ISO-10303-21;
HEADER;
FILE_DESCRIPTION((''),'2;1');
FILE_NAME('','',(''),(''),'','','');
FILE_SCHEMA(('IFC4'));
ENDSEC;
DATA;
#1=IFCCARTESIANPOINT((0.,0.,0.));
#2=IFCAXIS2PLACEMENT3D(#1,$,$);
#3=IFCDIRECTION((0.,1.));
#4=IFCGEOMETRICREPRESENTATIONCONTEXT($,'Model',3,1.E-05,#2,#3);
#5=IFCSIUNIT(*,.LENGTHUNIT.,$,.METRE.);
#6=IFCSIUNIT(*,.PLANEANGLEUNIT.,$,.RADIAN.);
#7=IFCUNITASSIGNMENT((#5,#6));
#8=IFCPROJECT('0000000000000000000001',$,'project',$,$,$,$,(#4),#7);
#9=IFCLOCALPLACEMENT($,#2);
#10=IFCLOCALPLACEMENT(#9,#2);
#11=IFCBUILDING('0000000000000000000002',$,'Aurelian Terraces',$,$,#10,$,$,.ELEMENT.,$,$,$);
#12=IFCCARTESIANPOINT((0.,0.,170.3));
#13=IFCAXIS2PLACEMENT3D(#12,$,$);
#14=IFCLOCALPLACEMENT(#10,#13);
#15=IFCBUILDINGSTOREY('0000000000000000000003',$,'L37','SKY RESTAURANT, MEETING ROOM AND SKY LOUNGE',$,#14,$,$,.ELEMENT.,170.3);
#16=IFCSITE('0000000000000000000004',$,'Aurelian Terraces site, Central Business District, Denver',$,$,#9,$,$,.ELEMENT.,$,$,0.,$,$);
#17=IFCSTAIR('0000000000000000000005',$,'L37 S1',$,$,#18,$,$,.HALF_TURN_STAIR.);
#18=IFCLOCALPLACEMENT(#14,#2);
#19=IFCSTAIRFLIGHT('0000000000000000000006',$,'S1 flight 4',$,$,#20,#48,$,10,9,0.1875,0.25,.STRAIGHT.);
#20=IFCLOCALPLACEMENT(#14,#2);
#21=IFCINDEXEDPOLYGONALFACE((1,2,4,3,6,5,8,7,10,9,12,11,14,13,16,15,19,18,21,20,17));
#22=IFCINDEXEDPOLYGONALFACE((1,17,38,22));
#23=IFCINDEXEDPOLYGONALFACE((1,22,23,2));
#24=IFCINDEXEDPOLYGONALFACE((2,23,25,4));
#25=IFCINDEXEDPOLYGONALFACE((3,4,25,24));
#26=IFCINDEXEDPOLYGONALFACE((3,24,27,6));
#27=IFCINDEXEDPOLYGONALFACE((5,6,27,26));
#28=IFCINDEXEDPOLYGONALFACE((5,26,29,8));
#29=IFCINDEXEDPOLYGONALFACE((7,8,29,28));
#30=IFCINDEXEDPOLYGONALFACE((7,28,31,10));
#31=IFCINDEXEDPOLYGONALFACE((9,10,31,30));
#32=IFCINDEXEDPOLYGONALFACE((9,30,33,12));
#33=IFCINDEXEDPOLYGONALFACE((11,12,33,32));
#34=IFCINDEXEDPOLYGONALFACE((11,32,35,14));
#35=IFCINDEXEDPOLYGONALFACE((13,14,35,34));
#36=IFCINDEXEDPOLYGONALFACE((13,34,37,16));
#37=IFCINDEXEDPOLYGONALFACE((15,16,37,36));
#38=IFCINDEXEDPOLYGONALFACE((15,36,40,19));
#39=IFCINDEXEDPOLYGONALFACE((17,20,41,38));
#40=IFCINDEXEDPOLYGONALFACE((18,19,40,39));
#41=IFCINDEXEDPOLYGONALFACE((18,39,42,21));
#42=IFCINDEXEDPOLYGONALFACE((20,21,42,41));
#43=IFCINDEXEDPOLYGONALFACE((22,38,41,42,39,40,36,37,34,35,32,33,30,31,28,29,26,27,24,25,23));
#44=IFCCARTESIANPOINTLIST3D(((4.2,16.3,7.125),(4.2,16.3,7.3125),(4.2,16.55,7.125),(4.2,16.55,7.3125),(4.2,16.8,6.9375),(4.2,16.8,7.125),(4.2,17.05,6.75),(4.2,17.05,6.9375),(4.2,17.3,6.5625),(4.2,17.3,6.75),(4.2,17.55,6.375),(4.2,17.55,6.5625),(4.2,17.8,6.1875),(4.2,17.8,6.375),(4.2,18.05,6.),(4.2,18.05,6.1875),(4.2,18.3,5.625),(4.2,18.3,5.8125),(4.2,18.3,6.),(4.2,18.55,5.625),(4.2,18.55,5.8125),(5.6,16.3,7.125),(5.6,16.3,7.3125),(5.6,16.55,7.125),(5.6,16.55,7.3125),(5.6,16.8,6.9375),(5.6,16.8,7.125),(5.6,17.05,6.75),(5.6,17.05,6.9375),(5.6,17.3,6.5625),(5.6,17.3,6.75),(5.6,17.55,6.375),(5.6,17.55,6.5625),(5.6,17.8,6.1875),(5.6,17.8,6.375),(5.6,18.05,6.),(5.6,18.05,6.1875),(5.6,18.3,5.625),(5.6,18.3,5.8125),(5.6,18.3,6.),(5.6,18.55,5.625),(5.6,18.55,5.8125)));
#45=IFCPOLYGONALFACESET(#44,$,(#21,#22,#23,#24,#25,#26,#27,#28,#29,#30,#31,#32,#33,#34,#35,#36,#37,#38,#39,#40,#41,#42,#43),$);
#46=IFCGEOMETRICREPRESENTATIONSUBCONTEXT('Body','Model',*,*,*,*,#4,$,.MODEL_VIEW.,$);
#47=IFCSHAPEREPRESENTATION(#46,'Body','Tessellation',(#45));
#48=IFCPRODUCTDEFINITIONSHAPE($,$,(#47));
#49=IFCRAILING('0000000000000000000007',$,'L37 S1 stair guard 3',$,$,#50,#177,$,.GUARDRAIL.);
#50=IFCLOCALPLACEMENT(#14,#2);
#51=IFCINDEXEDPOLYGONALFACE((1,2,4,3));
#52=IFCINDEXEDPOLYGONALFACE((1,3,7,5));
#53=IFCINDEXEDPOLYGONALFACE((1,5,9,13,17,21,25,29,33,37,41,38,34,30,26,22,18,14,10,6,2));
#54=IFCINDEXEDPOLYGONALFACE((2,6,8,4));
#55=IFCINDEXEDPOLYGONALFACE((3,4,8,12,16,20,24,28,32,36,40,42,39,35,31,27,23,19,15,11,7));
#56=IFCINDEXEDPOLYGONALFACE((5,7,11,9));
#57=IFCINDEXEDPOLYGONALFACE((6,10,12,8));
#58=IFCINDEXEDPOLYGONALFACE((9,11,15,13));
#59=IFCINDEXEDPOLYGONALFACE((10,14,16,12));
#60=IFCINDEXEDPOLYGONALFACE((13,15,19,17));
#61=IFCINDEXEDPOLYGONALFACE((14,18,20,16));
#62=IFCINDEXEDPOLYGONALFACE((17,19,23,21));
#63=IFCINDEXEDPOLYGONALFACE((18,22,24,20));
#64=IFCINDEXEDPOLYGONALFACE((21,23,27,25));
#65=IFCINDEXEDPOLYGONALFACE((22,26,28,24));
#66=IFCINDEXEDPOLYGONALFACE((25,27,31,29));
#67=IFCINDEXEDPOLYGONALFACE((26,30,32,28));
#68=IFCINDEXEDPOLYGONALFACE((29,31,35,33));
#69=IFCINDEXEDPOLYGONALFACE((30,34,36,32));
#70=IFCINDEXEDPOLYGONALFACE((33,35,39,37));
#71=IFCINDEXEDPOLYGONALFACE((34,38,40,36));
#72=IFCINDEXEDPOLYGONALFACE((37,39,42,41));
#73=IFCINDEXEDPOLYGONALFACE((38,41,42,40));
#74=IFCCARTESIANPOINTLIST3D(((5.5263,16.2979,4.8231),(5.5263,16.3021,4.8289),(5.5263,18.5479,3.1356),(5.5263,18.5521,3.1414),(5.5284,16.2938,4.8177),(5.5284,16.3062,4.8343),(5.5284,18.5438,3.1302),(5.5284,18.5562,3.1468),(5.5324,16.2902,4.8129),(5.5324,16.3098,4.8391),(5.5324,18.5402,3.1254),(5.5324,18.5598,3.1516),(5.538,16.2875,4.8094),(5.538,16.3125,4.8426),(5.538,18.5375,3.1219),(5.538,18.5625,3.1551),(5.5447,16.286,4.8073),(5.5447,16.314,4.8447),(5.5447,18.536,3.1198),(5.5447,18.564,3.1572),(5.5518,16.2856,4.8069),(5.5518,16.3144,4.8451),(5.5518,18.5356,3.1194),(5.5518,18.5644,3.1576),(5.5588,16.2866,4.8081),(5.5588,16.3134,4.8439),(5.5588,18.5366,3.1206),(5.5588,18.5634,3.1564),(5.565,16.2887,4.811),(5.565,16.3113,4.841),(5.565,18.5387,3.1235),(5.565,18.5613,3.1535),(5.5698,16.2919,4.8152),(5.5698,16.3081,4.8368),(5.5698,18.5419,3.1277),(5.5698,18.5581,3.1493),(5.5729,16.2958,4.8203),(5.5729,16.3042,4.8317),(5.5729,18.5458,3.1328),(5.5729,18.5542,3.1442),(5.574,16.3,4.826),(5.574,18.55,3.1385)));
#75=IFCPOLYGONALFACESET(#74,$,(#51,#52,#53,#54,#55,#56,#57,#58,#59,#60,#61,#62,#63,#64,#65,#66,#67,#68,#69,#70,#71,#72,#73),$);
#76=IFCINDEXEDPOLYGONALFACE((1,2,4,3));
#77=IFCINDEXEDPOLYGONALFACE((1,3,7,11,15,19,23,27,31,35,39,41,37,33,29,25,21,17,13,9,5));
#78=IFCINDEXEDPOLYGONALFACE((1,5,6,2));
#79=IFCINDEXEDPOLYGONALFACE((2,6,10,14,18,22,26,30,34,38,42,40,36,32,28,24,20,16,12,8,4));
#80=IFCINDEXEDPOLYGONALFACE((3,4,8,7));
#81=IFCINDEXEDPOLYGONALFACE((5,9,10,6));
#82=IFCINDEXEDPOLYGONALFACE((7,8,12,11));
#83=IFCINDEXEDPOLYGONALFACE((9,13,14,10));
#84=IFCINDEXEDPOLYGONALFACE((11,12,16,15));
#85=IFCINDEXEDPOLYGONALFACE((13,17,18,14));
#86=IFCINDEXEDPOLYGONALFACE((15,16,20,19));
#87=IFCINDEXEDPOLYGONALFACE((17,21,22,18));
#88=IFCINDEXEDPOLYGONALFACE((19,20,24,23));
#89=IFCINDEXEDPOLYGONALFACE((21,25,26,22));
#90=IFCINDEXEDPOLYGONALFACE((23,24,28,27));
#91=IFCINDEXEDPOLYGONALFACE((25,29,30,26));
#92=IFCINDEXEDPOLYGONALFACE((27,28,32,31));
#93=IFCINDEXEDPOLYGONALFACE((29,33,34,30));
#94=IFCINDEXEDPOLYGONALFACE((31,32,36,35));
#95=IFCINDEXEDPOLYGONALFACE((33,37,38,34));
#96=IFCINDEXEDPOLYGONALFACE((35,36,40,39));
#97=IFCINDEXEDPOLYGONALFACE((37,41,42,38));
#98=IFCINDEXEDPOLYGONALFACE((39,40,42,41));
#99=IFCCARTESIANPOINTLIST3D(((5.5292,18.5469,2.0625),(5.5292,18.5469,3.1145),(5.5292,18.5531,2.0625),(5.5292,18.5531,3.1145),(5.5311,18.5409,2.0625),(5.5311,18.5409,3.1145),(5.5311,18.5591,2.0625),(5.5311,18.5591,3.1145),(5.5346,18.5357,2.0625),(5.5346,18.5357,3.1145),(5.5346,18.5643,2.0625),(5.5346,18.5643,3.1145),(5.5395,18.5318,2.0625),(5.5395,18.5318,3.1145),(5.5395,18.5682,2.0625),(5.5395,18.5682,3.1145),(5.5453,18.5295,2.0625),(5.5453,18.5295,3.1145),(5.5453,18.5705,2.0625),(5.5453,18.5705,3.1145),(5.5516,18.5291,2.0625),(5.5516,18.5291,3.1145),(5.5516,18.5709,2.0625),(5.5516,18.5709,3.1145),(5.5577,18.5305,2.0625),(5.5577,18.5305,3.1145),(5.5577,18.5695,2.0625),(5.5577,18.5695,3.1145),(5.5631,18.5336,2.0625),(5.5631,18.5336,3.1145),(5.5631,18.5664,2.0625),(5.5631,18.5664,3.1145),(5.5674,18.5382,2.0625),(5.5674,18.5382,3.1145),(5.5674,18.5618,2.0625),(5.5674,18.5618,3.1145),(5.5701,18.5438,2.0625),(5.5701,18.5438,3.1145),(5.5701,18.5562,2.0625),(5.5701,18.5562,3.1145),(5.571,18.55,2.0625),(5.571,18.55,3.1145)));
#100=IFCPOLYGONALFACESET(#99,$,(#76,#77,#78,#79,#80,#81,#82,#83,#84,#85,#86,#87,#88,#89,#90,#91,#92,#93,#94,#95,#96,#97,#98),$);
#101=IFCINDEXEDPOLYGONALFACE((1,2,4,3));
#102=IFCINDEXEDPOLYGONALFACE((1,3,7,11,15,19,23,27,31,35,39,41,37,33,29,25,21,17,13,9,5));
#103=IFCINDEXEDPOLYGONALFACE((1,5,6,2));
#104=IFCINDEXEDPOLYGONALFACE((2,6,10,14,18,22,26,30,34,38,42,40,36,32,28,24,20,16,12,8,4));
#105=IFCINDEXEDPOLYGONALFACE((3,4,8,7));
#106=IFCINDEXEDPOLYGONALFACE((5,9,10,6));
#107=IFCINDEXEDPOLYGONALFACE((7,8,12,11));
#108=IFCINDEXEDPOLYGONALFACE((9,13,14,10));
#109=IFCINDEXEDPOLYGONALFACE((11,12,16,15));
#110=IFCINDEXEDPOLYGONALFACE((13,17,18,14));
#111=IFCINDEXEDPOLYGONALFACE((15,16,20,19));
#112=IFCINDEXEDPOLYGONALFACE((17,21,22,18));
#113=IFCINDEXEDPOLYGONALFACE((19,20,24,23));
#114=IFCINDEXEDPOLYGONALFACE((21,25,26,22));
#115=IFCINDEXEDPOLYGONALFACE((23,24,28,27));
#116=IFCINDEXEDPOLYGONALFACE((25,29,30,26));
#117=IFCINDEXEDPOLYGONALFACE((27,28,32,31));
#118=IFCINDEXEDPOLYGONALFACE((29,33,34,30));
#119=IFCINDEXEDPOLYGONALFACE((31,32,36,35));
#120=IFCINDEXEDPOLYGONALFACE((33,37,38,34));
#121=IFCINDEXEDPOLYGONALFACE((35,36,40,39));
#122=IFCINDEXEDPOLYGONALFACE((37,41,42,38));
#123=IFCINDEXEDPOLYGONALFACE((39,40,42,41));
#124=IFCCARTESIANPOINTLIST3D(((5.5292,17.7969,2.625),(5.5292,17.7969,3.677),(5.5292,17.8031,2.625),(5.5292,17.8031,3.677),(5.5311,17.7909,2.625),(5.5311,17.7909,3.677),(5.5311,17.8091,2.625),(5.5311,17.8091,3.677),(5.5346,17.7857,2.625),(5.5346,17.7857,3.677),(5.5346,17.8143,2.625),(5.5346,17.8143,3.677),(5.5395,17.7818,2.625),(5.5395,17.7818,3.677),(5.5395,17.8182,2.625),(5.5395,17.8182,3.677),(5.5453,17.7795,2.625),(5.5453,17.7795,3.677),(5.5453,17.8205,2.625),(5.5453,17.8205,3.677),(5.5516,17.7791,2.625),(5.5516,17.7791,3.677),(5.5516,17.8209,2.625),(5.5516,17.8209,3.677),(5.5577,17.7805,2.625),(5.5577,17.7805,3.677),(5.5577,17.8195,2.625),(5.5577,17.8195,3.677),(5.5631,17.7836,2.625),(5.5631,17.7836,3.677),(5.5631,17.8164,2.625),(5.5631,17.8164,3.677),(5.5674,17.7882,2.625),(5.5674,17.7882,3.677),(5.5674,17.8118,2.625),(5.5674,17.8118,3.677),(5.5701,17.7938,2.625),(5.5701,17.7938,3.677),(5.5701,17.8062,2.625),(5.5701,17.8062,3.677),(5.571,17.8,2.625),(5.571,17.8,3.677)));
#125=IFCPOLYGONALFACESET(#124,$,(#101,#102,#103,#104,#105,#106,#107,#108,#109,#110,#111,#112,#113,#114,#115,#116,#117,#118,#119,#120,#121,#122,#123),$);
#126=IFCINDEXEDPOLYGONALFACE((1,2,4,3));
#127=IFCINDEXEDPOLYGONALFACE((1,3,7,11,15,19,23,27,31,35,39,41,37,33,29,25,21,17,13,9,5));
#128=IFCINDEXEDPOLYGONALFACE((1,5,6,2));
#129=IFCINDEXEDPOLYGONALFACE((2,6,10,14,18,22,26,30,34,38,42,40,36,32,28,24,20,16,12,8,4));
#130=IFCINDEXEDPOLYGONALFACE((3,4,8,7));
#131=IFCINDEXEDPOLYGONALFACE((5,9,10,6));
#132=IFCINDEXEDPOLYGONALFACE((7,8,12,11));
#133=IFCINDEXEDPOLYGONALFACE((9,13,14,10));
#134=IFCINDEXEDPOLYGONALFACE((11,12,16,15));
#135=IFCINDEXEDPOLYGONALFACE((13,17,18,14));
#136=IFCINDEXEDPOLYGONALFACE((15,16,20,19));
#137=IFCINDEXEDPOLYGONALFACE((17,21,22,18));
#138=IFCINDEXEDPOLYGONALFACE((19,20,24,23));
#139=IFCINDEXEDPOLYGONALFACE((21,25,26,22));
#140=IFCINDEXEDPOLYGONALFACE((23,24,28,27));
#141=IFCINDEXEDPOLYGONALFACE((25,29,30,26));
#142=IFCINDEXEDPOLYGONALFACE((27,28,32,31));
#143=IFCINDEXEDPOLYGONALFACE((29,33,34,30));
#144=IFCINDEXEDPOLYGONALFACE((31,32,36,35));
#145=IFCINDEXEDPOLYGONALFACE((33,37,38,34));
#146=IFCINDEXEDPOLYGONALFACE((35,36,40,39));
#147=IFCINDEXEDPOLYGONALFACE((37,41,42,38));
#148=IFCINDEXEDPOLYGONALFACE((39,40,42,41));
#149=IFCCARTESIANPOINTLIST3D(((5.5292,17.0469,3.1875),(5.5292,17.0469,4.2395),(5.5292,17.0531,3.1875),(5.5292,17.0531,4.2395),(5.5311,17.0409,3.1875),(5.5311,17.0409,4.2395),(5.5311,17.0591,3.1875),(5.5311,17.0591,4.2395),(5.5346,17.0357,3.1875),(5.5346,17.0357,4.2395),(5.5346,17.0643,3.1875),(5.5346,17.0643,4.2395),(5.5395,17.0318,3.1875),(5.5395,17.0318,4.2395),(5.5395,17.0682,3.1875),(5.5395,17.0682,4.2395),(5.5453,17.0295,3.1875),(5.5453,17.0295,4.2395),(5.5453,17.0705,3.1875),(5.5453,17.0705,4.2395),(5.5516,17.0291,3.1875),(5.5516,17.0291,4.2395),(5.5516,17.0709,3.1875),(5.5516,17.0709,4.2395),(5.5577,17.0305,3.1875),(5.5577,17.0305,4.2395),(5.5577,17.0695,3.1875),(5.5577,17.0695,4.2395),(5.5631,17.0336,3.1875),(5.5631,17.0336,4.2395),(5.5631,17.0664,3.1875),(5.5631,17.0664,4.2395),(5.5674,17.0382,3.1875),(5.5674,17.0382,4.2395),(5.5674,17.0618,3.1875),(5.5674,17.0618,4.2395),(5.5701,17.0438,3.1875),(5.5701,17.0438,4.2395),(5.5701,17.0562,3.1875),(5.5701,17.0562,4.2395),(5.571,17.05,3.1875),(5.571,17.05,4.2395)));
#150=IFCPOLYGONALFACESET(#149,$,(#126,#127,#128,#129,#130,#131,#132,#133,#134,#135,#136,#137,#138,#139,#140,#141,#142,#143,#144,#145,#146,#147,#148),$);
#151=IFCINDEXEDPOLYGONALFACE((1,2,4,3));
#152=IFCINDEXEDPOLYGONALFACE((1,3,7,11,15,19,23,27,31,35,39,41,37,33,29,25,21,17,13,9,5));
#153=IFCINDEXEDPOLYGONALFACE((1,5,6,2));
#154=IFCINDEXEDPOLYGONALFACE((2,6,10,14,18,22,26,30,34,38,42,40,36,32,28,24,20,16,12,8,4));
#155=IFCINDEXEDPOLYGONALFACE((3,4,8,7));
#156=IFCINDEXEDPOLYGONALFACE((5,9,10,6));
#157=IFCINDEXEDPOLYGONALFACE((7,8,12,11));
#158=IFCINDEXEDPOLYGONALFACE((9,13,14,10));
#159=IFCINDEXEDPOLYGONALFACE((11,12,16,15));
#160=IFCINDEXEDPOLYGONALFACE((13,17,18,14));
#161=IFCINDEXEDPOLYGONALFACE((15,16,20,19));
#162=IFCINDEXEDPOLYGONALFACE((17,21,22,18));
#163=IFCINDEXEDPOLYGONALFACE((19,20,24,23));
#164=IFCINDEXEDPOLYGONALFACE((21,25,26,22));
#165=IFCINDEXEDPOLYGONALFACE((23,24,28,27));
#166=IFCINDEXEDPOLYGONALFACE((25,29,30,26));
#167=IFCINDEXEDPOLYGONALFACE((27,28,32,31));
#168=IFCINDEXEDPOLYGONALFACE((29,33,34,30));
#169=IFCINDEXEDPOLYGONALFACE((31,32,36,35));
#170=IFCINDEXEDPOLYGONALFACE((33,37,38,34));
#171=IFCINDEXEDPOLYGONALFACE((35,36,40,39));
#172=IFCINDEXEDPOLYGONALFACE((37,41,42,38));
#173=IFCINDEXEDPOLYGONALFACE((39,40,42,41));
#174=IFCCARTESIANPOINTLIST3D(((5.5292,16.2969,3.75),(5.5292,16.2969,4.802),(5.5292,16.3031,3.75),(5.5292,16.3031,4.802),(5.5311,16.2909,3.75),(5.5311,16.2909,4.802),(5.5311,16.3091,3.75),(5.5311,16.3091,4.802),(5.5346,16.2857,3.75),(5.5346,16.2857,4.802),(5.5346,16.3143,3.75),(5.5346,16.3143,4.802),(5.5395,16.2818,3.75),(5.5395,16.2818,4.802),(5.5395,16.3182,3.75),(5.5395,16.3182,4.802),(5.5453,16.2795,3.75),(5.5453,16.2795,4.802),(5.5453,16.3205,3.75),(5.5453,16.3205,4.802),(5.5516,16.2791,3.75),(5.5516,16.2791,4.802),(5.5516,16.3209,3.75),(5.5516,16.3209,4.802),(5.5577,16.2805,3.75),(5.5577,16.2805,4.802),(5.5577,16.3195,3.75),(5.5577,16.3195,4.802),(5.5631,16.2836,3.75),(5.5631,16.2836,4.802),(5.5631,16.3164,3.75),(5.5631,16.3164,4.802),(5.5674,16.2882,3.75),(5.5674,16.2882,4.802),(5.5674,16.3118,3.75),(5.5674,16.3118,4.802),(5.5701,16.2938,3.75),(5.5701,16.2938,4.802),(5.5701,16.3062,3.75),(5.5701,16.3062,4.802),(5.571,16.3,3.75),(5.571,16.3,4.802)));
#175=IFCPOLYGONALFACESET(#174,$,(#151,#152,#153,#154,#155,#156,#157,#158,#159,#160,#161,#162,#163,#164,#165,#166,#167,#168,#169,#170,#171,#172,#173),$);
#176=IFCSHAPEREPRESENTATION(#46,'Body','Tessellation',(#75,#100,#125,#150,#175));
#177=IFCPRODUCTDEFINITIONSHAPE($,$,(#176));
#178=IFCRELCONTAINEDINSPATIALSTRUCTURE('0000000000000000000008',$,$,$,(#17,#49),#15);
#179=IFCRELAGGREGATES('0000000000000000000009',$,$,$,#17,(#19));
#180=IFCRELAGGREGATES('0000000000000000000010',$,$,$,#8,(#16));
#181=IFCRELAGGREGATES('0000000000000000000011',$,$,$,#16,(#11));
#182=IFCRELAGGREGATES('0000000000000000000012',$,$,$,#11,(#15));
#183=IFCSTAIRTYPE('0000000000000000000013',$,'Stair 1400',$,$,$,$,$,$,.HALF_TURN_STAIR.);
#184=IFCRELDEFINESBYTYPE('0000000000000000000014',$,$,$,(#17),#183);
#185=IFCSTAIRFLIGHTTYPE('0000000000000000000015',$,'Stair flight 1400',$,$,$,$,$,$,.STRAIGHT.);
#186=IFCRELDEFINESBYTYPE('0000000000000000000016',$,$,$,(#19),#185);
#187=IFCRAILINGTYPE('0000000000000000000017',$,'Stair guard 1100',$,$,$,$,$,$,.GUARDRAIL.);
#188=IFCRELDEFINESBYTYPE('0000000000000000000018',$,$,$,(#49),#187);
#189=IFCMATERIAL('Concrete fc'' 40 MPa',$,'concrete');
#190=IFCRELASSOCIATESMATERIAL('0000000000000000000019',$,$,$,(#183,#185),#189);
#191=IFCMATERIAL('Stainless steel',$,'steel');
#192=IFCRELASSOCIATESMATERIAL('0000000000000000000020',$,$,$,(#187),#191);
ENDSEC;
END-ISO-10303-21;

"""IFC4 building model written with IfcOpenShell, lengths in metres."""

from ifc_helpers import new_model, si_unit, direction, frame, origin, origin_2d, place, context, subcontext, project, spatial, polyline, circle, outline, extrude, source, transform, mapped, material, type_object, element, aggregate, save


model = new_model("IFC4")

# Units and contexts
model_context = context("Model", 3, precision=1e-05, world=origin(), true_north=direction((0.0, 1.0)))
body_context = subcontext(model_context, "Body", "Model", "MODEL_VIEW")
ifc_project = project(units=[si_unit("LENGTHUNIT", "METRE"), si_unit("PLANEANGLEUNIT", "RADIAN")], contexts=[model_context])

# Site, building, storey
site_placement = place(None, origin())
site = spatial("IfcSite", under=ifc_project, at=site_placement, Name="Aurelian Terraces site, Central Business District, Denver", CompositionType="ELEMENT", RefElevation=0.0)
building_placement = place(site_placement, origin())
building = spatial("IfcBuilding", under=site, at=building_placement, Name="Aurelian Terraces", CompositionType="ELEMENT")
storey_placement = place(building_placement, frame((0.0, 0.0, 170.3)))
storey = spatial("IfcBuildingStorey", under=building, at=storey_placement, Name="L37", Description="SKY RESTAURANT, MEETING ROOM AND SKY LOUNGE", CompositionType="ELEMENT", Elevation=170.3)

# Shared definitions
ifc_material_1 = material(Name="Concrete fc' 40 MPa", Category="concrete")
ifc_material_2 = material(Name="Stainless steel", Category="steel")

# Stair, stair flight
stair_type = type_object("IfcStairType", Name="Stair 1400", PredefinedType="HALF_TURN_STAIR", material=ifc_material_1)
stair_placement = place(storey_placement, origin())
stair = element("IfcStair", 1, at=stair_placement, inside=storey, type_object=stair_type, Name="L37 S1", PredefinedType="HALF_TURN_STAIR")
stair_flight_type = type_object("IfcStairFlightType", Name="Stair flight 1400", PredefinedType="STRAIGHT", material=ifc_material_1)
shared_shape_1 = source(origin(), body_context, "Body", "SweptSolid", [
    extrude(outline(polyline([(0.0, 0.0), (0.0, 0.1875), (0.25, 0.1875), (0.25, 0.375), (0.5, 0.375), (0.5, 0.5625), (0.75, 0.5625), (0.75, 0.75), (1.0, 0.75), (1.0, 0.9375), (1.25, 0.9375), (1.25, 1.125), (1.5, 1.125), (1.5, 1.3125), (1.75, 1.3125), (1.75, 1.5), (2.0, 1.5), (2.0, 1.6875), (2.25, 1.6875), (2.25, 1.875), (2.25, 1.5), (0.25, 0.0), (0.0, 0.0)])), frame((0.0, 0.7, 0.0), z_axis=(0.0, -1.0, 0.0), x_axis=(1.0, 0.0, 0.0)), (0.0, 0.0, 1.0), 1.4),
])
stair_flight_1_placement = place(storey_placement, frame((4.9, 18.55, 5.625), z_axis=(0.0, 0.0, 1.0), x_axis=(0.0, -1.0, 0.0)))
stair_flight_1 = element("IfcStairFlight", 2, at=stair_flight_1_placement, type_object=stair_flight_type, Name="S1 flight 4", NumberOfRisers=10, NumberOfTreads=9, PredefinedType="STRAIGHT", RiserHeight=0.1875, TreadLength=0.25, context=body_context, shape_type="MappedRepresentation", body=[
    mapped(shared_shape_1, transform((0.0, 0.0, 0.0), scale=1.0)),
])
aggregate(stair, [stair_flight_1])

# Railing
railing_type_1 = type_object("IfcRailingType", Name="Stair guard 1100", PredefinedType="GUARDRAIL", material=ifc_material_2)
shared_shape_2 = source(origin(), body_context, "Body", "SweptSolid", [
    extrude(circle(Radius=0.024, at=origin_2d()), frame((0.0, 0.0, 1.076), z_axis=(0.0, -0.8, 0.6), x_axis=(1.0, 0.0, 0.0)), (0.0, 0.0, 1.0), 2.8125),
    extrude(circle(Radius=0.021, at=origin_2d()), origin(), (0.0, 0.0, 1.0), 1.052),
    extrude(circle(Radius=0.021, at=origin_2d()), frame((0.0, -0.75, 0.5625)), (0.0, 0.0, 1.0), 1.052),
    extrude(circle(Radius=0.021, at=origin_2d()), frame((0.0, -1.5, 1.125)), (0.0, 0.0, 1.0), 1.052),
    extrude(circle(Radius=0.021, at=origin_2d()), frame((0.0, -2.25, 1.6875)), (0.0, 0.0, 1.0), 1.052),
])
for number, where, name in (
    (3, (5.55, 18.55, 2.0625), "L37 S1 stair guard 3"),
):
    element("IfcRailing", number, at=place(storey_placement, frame(where)), inside=storey, type_object=railing_type_1, Name=name, PredefinedType="GUARDRAIL", context=body_context, shape_type="MappedRepresentation", body=[
        mapped(shared_shape_2, transform((0.0, 0.0, 0.0), scale=1.0)),
    ])

save(model, "model.ifc")
